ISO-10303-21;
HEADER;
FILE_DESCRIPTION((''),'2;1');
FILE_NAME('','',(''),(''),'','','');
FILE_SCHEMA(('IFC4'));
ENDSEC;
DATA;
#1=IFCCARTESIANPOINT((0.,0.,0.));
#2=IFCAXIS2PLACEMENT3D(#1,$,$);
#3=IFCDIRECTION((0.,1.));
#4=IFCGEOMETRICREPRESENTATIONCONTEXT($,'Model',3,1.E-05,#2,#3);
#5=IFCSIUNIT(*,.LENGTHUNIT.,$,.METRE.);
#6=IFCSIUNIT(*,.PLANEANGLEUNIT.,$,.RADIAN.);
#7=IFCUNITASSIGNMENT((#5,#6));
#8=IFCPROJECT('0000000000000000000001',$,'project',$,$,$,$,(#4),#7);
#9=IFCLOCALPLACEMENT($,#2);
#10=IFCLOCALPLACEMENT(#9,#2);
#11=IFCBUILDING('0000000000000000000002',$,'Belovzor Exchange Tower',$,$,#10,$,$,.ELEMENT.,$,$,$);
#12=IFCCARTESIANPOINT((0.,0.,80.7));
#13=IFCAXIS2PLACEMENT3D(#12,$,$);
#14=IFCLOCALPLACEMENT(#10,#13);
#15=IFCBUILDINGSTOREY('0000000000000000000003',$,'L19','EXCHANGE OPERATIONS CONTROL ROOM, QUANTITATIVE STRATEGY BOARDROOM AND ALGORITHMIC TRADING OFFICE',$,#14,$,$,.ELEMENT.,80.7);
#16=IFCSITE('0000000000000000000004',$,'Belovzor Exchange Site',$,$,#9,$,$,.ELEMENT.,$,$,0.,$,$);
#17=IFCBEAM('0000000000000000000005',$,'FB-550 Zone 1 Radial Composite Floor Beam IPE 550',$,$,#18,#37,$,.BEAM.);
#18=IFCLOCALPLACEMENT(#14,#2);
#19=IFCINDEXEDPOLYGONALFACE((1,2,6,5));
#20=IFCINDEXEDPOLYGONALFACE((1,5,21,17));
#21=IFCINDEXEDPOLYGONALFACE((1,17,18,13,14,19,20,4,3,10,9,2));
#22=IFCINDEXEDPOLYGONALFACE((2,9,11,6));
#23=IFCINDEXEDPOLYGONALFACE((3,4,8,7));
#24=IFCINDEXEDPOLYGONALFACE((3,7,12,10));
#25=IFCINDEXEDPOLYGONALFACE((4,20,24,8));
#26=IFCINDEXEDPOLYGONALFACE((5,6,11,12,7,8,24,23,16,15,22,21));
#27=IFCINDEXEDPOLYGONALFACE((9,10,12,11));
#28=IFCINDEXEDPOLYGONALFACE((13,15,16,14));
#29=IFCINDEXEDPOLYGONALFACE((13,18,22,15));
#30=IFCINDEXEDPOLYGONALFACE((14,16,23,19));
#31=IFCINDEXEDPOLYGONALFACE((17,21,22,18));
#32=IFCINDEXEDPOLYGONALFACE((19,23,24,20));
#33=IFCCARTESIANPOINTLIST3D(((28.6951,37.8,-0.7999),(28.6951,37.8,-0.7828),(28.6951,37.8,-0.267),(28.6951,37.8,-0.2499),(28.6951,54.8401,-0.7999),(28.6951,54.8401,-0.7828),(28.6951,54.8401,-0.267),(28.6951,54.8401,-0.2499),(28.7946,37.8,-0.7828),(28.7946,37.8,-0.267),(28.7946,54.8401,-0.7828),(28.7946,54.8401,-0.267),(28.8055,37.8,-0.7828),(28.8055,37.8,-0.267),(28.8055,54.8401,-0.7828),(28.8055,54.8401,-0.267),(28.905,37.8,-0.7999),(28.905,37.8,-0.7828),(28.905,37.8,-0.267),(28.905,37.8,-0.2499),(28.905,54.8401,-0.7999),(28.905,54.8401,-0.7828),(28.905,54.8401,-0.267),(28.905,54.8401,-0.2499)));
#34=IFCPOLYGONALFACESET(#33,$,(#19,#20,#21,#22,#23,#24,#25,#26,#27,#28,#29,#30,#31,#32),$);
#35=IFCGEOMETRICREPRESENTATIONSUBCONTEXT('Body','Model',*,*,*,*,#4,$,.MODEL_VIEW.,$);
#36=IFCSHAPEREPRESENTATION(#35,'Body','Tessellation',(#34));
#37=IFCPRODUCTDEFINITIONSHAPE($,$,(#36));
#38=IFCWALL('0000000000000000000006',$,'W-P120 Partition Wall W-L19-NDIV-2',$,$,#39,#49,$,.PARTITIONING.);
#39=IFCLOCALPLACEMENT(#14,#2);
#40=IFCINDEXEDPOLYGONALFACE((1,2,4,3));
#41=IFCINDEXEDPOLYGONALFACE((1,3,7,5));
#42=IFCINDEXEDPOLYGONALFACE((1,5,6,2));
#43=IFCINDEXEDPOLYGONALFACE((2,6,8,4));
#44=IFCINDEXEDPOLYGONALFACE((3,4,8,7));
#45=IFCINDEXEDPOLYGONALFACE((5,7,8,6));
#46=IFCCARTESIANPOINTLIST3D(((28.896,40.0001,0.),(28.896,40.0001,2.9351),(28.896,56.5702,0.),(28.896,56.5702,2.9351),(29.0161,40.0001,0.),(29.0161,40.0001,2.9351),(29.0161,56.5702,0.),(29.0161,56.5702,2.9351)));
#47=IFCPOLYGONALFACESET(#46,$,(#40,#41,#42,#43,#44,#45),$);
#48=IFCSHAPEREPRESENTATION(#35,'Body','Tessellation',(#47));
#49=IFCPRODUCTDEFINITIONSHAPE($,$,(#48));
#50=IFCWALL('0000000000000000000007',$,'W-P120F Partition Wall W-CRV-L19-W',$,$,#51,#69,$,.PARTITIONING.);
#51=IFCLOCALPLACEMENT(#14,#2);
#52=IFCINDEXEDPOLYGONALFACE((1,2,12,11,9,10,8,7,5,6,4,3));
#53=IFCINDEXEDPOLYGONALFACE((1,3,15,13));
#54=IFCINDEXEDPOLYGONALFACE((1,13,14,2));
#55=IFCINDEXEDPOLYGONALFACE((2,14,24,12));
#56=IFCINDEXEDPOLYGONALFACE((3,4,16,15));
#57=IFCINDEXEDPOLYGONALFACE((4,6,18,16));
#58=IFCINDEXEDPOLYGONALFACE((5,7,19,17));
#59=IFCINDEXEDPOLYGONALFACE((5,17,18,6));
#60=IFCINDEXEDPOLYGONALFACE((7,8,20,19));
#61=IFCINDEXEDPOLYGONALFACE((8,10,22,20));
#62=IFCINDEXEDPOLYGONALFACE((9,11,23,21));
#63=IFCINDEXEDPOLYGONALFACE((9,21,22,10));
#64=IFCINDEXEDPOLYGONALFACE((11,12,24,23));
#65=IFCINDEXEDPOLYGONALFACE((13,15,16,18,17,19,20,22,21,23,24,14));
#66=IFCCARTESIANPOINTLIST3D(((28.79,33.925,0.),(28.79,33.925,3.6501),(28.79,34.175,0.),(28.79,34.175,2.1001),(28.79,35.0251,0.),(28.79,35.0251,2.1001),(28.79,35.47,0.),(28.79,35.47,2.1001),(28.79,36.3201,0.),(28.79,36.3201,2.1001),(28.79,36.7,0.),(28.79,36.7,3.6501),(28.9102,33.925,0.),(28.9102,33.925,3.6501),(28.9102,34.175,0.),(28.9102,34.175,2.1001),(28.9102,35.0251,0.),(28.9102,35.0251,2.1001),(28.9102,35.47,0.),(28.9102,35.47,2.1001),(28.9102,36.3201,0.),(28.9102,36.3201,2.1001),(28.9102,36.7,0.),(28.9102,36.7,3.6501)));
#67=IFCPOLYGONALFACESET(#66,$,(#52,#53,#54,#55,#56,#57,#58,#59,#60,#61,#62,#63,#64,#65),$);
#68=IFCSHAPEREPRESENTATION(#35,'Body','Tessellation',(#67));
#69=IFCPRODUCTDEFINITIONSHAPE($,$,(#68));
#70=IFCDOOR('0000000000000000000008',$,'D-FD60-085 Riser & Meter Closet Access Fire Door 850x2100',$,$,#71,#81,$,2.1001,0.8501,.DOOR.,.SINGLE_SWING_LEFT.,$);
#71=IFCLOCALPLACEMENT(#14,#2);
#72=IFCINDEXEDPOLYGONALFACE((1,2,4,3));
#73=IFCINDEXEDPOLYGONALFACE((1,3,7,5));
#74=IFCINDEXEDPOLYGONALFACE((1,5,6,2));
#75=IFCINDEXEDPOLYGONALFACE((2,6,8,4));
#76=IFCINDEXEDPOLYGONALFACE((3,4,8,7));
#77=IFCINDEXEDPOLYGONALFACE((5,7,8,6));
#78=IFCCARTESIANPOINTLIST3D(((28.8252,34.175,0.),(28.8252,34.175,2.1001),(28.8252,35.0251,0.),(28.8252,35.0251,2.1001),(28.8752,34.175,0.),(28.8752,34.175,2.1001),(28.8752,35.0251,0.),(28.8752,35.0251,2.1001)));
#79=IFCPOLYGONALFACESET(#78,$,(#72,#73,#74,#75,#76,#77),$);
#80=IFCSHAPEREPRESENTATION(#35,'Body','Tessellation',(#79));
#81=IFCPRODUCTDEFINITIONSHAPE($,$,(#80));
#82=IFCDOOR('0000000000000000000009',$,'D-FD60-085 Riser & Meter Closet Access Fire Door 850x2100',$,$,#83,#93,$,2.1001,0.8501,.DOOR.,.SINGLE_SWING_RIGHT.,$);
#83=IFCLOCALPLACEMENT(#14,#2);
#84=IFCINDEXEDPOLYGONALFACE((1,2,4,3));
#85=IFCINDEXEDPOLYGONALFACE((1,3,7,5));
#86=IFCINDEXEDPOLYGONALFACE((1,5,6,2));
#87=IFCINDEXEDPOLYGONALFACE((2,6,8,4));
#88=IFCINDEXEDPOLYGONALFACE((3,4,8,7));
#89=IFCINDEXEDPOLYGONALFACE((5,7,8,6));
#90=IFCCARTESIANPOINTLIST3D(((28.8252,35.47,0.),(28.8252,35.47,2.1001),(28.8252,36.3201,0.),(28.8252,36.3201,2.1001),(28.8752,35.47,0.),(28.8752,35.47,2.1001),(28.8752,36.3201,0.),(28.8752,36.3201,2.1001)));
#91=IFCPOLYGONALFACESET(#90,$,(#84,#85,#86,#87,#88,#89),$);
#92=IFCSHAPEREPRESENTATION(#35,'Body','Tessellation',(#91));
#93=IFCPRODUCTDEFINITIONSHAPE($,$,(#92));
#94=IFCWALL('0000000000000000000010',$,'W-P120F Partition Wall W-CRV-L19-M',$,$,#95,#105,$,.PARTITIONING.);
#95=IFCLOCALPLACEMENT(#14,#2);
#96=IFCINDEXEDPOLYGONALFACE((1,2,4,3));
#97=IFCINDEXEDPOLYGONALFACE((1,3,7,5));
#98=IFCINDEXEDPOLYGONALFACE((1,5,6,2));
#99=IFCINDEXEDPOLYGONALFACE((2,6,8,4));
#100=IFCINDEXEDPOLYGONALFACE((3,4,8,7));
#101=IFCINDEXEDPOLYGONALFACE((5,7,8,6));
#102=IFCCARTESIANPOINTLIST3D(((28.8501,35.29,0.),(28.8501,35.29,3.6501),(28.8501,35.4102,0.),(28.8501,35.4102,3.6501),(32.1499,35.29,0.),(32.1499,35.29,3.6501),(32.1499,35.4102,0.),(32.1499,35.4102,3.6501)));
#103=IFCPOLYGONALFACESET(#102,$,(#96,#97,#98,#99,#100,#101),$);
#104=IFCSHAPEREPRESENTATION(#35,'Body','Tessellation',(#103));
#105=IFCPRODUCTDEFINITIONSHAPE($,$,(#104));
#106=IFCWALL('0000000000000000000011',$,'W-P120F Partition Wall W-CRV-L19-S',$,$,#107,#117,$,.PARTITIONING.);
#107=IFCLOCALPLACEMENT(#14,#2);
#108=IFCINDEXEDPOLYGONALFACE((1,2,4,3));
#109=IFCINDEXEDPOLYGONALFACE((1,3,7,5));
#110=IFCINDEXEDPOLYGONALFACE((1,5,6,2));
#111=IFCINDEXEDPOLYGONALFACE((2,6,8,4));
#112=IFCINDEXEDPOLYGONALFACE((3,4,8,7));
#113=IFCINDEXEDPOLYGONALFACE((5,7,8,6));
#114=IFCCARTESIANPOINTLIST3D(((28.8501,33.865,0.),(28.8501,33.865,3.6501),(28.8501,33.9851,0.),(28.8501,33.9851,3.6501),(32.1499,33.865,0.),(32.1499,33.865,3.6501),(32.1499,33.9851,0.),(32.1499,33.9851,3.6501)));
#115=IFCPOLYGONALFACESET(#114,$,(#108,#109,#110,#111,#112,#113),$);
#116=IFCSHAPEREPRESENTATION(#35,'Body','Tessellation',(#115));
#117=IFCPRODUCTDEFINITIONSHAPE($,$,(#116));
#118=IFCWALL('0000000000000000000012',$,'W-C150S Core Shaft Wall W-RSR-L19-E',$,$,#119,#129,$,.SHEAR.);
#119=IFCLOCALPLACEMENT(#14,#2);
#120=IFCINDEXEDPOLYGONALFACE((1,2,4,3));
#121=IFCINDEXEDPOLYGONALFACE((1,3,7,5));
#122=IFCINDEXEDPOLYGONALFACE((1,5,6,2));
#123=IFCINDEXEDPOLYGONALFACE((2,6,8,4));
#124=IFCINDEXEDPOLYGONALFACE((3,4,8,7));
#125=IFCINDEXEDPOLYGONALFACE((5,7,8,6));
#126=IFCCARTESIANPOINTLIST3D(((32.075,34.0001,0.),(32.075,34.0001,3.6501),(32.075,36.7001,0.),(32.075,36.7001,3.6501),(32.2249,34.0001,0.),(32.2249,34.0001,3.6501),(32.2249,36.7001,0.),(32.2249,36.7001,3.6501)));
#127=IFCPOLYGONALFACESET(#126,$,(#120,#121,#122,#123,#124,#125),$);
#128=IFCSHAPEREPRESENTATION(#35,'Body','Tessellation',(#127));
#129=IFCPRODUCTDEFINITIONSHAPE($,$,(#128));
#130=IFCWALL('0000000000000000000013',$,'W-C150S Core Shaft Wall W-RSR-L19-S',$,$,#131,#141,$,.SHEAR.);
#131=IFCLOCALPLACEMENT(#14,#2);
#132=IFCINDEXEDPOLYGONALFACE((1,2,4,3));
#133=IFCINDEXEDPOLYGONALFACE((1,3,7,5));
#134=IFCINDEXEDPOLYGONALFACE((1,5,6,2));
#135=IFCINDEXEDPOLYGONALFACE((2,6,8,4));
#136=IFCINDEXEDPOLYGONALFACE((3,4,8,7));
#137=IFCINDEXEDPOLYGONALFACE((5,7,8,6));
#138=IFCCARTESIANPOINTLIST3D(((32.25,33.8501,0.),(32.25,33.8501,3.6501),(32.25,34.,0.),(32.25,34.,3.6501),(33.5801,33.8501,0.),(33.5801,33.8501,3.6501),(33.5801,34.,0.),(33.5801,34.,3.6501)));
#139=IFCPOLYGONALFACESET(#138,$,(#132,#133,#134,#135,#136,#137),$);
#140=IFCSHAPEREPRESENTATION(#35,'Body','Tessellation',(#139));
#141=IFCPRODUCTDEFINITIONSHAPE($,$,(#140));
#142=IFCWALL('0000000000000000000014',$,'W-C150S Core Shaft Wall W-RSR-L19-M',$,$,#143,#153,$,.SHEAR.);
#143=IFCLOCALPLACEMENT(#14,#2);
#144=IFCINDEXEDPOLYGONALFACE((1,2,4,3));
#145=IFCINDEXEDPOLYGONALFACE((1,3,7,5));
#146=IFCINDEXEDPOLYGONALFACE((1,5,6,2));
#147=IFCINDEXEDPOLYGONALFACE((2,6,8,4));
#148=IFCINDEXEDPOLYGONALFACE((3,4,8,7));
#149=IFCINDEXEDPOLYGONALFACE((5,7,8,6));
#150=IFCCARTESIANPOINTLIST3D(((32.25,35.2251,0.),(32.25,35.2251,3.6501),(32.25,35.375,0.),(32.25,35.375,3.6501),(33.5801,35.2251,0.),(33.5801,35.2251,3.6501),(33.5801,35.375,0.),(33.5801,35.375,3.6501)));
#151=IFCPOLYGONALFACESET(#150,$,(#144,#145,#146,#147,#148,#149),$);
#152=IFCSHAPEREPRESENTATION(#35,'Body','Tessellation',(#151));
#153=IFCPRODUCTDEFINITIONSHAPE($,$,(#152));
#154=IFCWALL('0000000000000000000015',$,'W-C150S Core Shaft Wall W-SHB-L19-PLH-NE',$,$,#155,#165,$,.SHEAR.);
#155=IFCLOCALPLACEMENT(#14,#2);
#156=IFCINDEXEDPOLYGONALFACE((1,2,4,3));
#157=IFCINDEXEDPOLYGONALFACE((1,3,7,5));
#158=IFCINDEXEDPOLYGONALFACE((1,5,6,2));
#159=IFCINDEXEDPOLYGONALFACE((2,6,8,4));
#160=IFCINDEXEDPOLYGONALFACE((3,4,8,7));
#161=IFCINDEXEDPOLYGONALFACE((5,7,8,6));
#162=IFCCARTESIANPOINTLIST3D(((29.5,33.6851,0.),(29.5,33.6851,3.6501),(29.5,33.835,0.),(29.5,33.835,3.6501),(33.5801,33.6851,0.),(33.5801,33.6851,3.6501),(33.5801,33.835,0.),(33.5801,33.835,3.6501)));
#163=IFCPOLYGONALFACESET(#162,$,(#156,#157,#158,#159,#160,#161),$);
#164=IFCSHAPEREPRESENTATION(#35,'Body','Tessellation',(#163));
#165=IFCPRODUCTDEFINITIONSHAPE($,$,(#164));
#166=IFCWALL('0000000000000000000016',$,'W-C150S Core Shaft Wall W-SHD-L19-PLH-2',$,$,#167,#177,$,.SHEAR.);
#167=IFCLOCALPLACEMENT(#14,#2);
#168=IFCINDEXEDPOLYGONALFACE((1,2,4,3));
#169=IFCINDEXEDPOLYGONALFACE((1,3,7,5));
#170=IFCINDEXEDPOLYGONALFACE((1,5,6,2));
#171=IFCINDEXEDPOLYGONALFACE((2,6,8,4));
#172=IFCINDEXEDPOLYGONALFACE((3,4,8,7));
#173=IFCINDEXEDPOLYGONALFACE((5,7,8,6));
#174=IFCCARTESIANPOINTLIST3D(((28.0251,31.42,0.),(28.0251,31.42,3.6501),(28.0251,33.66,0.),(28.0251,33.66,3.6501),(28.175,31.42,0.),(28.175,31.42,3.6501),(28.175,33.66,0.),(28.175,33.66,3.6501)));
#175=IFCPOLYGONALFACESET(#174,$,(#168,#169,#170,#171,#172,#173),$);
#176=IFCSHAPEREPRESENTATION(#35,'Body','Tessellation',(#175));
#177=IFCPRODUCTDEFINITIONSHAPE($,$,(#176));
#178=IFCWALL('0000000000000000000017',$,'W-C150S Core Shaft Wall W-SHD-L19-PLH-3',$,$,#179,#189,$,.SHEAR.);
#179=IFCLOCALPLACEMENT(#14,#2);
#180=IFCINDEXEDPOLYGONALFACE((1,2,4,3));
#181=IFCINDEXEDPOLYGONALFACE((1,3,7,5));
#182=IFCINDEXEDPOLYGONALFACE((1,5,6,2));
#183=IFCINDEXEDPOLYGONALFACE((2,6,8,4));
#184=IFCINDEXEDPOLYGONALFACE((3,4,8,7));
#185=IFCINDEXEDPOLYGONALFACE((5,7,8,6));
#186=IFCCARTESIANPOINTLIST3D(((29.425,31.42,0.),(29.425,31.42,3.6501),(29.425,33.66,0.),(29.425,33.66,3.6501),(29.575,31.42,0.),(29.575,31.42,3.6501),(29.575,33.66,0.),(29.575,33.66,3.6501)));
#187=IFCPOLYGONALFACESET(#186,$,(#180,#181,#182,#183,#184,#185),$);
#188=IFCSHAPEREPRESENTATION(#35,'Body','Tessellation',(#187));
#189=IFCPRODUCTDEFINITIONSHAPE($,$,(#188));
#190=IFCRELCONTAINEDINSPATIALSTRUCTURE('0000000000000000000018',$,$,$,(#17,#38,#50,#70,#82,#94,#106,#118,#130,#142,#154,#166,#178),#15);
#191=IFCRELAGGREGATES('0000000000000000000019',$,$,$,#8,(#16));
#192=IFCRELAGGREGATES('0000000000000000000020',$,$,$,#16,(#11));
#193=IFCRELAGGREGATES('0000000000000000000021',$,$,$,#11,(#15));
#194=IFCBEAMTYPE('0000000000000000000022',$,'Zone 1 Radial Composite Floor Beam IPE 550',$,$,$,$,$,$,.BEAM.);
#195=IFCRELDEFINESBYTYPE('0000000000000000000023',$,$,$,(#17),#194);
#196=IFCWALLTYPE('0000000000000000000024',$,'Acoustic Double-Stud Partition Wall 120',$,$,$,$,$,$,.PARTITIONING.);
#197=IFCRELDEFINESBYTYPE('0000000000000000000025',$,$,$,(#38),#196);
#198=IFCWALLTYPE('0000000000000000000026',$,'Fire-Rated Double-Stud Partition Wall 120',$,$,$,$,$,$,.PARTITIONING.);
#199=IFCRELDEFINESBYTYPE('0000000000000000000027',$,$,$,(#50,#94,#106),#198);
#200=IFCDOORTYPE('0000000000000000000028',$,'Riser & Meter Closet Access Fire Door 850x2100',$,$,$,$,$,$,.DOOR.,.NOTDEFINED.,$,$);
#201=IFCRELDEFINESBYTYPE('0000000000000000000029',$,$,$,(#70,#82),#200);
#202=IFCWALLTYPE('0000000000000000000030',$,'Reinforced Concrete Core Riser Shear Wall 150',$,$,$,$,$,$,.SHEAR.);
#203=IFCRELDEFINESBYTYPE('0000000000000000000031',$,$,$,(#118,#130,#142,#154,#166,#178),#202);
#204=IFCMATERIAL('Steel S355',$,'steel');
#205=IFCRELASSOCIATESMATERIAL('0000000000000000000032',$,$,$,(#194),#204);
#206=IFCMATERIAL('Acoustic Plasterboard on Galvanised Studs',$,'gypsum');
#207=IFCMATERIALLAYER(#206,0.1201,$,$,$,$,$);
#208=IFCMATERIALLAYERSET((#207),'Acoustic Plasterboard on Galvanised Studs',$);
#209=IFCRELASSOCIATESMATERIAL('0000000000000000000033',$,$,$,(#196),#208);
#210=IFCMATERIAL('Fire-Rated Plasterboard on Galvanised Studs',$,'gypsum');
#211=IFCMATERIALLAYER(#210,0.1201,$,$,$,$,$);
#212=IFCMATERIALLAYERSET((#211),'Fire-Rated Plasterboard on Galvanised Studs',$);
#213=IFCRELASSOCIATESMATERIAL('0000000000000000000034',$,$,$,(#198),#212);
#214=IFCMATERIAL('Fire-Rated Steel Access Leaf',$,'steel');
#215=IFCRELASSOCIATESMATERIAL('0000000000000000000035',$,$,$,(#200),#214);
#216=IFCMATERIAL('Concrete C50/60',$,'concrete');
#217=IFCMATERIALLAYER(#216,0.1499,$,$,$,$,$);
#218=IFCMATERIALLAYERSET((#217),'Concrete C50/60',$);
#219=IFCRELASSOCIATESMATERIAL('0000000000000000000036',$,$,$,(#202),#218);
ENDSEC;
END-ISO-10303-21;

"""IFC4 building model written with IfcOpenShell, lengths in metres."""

from ifc_helpers import new_model, si_unit, direction, frame, frame_2d, origin, origin_2d, place, context, subcontext, project, spatial, rectangle, i_section, extrude, material, layer, layer_set, material_profile, profile_set, type_object, element, fill, save


model = new_model("IFC4")

# Units and contexts
model_context = context("Model", 3, precision=1e-05, world=origin(), true_north=direction((0.0, 1.0)))
body_context = subcontext(model_context, "Body", "Model", "MODEL_VIEW")
ifc_project = project(units=[si_unit("LENGTHUNIT", "METRE"), si_unit("PLANEANGLEUNIT", "RADIAN")], contexts=[model_context])

# Site, building, storey
site_placement = place(None, origin())
site = spatial("IfcSite", under=ifc_project, at=site_placement, Name="Belovzor Exchange Site", CompositionType="ELEMENT", RefElevation=0.0)
building_placement = place(site_placement, origin())
building = spatial("IfcBuilding", under=site, at=building_placement, Name="Belovzor Exchange Tower", CompositionType="ELEMENT")
storey_placement = place(building_placement, frame((0.0, 0.0, 80.7)))
storey = spatial("IfcBuildingStorey", under=building, at=storey_placement, Name="L19", Description="EXCHANGE OPERATIONS CONTROL ROOM, QUANTITATIVE STRATEGY BOARDROOM AND ALGORITHMIC TRADING OFFICE", CompositionType="ELEMENT", Elevation=80.7)

# Beam
ifc_material_1 = material(Name="Steel S355", Category="steel")
ifc_material_profile = material_profile(ifc_material_1, i_section(OverallWidth=0.21, OverallDepth=0.55, WebThickness=0.011, FlangeThickness=0.0171, at=origin_2d()))
ifc_profile_set = profile_set([ifc_material_profile], Name="Steel S355")
beam_type = type_object("IfcBeamType", Name="Zone 1 Radial Composite Floor Beam IPE 550", PredefinedType="BEAM", material=ifc_profile_set)
beam_placement = place(storey_placement, frame((28.8, 37.8, -0.5249), z_axis=(0.0, 1.0, 0.0), x_axis=(-1.0, 0.0, 0.0)))
element("IfcBeam", 1, at=beam_placement, inside=storey, type_object=beam_type, Name="FB-550 Zone 1 Radial Composite Floor Beam IPE 550", PredefinedType="BEAM", context=body_context, shape_type="SweptSolid", body=[
    extrude(i_section(OverallWidth=0.21, OverallDepth=0.55, WebThickness=0.011, FlangeThickness=0.0171, at=origin_2d()), origin(), (0.0, 0.0, 1.0), 17.04),
])

# Wall
ifc_material_2 = material(Name="Acoustic Plasterboard on Galvanised Studs", Category="gypsum")
ifc_layer_1 = layer(ifc_material_2, 0.1201)
ifc_layer_set_1 = layer_set([ifc_layer_1], Name="Acoustic Plasterboard on Galvanised Studs")
wall_type_1 = type_object("IfcWallType", Name="Acoustic Double-Stud Partition Wall 120", PredefinedType="PARTITIONING", material=ifc_layer_set_1)
wall_1_placement = place(storey_placement, frame((28.9561, 40.0, 0.0), z_axis=(0.0, 0.0, 1.0), x_axis=(0.0, 1.0, 0.0)))
element("IfcWall", 2, at=wall_1_placement, inside=storey, type_object=wall_type_1, Name="W-P120 Partition Wall W-L19-NDIV-2", PredefinedType="PARTITIONING", context=body_context, shape_type="SweptSolid", body=[
    extrude(rectangle(XDim=16.5701, YDim=0.1201, at=frame_2d((8.2852, 0.0))), origin(), (0.0, 0.0, 1.0), 2.9351),
])

# Wall, openings, doors
ifc_material_3 = material(Name="Fire-Rated Plasterboard on Galvanised Studs", Category="gypsum")
ifc_layer_2 = layer(ifc_material_3, 0.1201)
ifc_layer_set_2 = layer_set([ifc_layer_2], Name="Fire-Rated Plasterboard on Galvanised Studs")
wall_type_2 = type_object("IfcWallType", Name="Fire-Rated Double-Stud Partition Wall 120", PredefinedType="PARTITIONING", material=ifc_layer_set_2)
wall_2_placement = place(storey_placement, frame((28.8501, 33.925, 0.0), z_axis=(0.0, 0.0, 1.0), x_axis=(0.0, 1.0, 0.0)))
wall_2 = element("IfcWall", 3, at=wall_2_placement, inside=storey, type_object=wall_type_2, Name="W-P120F Partition Wall W-CRV-L19-W", PredefinedType="PARTITIONING", context=body_context, shape_type="SweptSolid", body=[
    extrude(rectangle(XDim=2.7749, YDim=0.1201, at=frame_2d((1.3875, 0.0))), origin(), (0.0, 0.0, 1.0), 3.6501),
])
opening_1_placement = place(wall_2_placement, frame((0.25, 0.0, 0.0)))
opening_1 = element("IfcOpeningElement", 4, at=opening_1_placement, cuts=wall_2, PredefinedType="OPENING", context=body_context, shape_type="SweptSolid", body=[
    extrude(rectangle(XDim=0.8501, YDim=2.1001, at=frame_2d((0.425, 1.05))), frame((0.0, 0.0701, 0.0), z_axis=(0.0, -1.0, 0.0), x_axis=(1.0, 0.0, 0.0)), (0.0, 0.0, 1.0), 0.1401),
])
opening_2_placement = place(wall_2_placement, frame((1.5449, 0.0, 0.0)))
opening_2 = element("IfcOpeningElement", 5, at=opening_2_placement, cuts=wall_2, PredefinedType="OPENING", context=body_context, shape_type="SweptSolid", body=[
    extrude(rectangle(XDim=0.8501, YDim=2.1001, at=frame_2d((0.425, 1.05))), frame((0.0, 0.0701, 0.0), z_axis=(0.0, -1.0, 0.0), x_axis=(1.0, 0.0, 0.0)), (0.0, 0.0, 1.0), 0.1401),
])
ifc_material_4 = material(Name="Fire-Rated Steel Access Leaf", Category="steel")
door_type = type_object("IfcDoorType", Name="Riser & Meter Closet Access Fire Door 850x2100", OperationType="NOTDEFINED", PredefinedType="DOOR", material=ifc_material_4)
door_1_placement = place(opening_1_placement, origin())
door_1 = element("IfcDoor", 6, at=door_1_placement, inside=storey, type_object=door_type, Name="D-FD60-085 Riser & Meter Closet Access Fire Door 850x2100", OperationType="SINGLE_SWING_LEFT", OverallHeight=2.1001, OverallWidth=0.8501, PredefinedType="DOOR", context=body_context, shape_type="SweptSolid", body=[
    extrude(rectangle(XDim=0.8501, YDim=2.1001, at=frame_2d((0.425, 1.05))), frame((0.0, 0.0249, 0.0), z_axis=(0.0, -1.0, 0.0), x_axis=(1.0, 0.0, 0.0)), (0.0, 0.0, 1.0), 0.05),
])
fill(opening_1, door_1)
door_2_placement = place(opening_2_placement, origin())
door_2 = element("IfcDoor", 7, at=door_2_placement, inside=storey, type_object=door_type, Name="D-FD60-085 Riser & Meter Closet Access Fire Door 850x2100", OperationType="SINGLE_SWING_RIGHT", OverallHeight=2.1001, OverallWidth=0.8501, PredefinedType="DOOR", context=body_context, shape_type="SweptSolid", body=[
    extrude(rectangle(XDim=0.8501, YDim=2.1001, at=frame_2d((0.425, 1.05))), frame((0.0, 0.0249, 0.0), z_axis=(0.0, -1.0, 0.0), x_axis=(1.0, 0.0, 0.0)), (0.0, 0.0, 1.0), 0.05),
])
fill(opening_2, door_2)

# Walls
for number, where, z_axis, x_axis, name in (
    (8, (28.8501, 35.3501, 0.0), (0.0, 0.0, 1.0), (1.0, 0.0, 0.0), "W-P120F Partition Wall W-CRV-L19-M"),
    (9, (28.8501, 33.925, 0.0), (0.0, 0.0, 1.0), (1.0, 0.0, 0.0), "W-P120F Partition Wall W-CRV-L19-S"),
):
    element("IfcWall", number, at=place(storey_placement, frame(where, z_axis=z_axis, x_axis=x_axis)), inside=storey, type_object=wall_type_2, Name=name, PredefinedType="PARTITIONING", context=body_context, shape_type="SweptSolid", body=[
        extrude(rectangle(XDim=3.2998, YDim=0.1201, at=frame_2d((1.6499, 0.0))), origin(), (0.0, 0.0, 1.0), 3.6501),
    ])
ifc_material_5 = material(Name="Concrete C50/60", Category="concrete")
ifc_layer_3 = layer(ifc_material_5, 0.1499)
ifc_layer_set_3 = layer_set([ifc_layer_3], Name="Concrete C50/60")
wall_type_3 = type_object("IfcWallType", Name="Reinforced Concrete Core Riser Shear Wall 150", PredefinedType="SHEAR", material=ifc_layer_set_3)
wall_3_placement = place(storey_placement, frame((32.1499, 34.0, 0.0), z_axis=(0.0, 0.0, 1.0), x_axis=(0.0, 1.0, 0.0)))
element("IfcWall", 10, at=wall_3_placement, inside=storey, type_object=wall_type_3, Name="W-C150S Core Shaft Wall W-RSR-L19-E", PredefinedType="SHEAR", context=body_context, shape_type="SweptSolid", body=[
    extrude(rectangle(XDim=2.7, YDim=0.1499, at=frame_2d((1.3501, 0.0))), origin(), (0.0, 0.0, 1.0), 3.6501),
])
for number, where, z_axis, x_axis, name in (
    (11, (32.25, 33.925, 0.0), (0.0, 0.0, 1.0), (1.0, 0.0, 0.0), "W-C150S Core Shaft Wall W-RSR-L19-S"),
    (12, (32.25, 35.3, 0.0), (0.0, 0.0, 1.0), (1.0, 0.0, 0.0), "W-C150S Core Shaft Wall W-RSR-L19-M"),
):
    element("IfcWall", number, at=place(storey_placement, frame(where, z_axis=z_axis, x_axis=x_axis)), inside=storey, type_object=wall_type_3, Name=name, PredefinedType="SHEAR", context=body_context, shape_type="SweptSolid", body=[
        extrude(rectangle(XDim=1.3301, YDim=0.1499, at=frame_2d((0.665, 0.0))), origin(), (0.0, 0.0, 1.0), 3.6501),
    ])
wall_4_placement = place(storey_placement, frame((29.5, 33.76, 0.0), z_axis=(0.0, 0.0, 1.0), x_axis=(1.0, 0.0, 0.0)))
element("IfcWall", 13, at=wall_4_placement, inside=storey, type_object=wall_type_3, Name="W-C150S Core Shaft Wall W-SHB-L19-PLH-NE", PredefinedType="SHEAR", context=body_context, shape_type="SweptSolid", body=[
    extrude(rectangle(XDim=4.0801, YDim=0.1499, at=frame_2d((2.04, 0.0))), origin(), (0.0, 0.0, 1.0), 3.6501),
])
for number, where, z_axis, x_axis, name in (
    (14, (28.1001, 31.4199, 0.0), (0.0, 0.0, 1.0), (0.0, 1.0, 0.0), "W-C150S Core Shaft Wall W-SHD-L19-PLH-2"),
    (15, (29.5, 31.4199, 0.0), (0.0, 0.0, 1.0), (0.0, 1.0, 0.0), "W-C150S Core Shaft Wall W-SHD-L19-PLH-3"),
):
    element("IfcWall", number, at=place(storey_placement, frame(where, z_axis=z_axis, x_axis=x_axis)), inside=storey, type_object=wall_type_3, Name=name, PredefinedType="SHEAR", context=body_context, shape_type="SweptSolid", body=[
        extrude(rectangle(XDim=2.24, YDim=0.1499, at=frame_2d((1.1201, 0.0))), origin(), (0.0, 0.0, 1.0), 3.6501),
    ])

save(model, "model.ifc")
